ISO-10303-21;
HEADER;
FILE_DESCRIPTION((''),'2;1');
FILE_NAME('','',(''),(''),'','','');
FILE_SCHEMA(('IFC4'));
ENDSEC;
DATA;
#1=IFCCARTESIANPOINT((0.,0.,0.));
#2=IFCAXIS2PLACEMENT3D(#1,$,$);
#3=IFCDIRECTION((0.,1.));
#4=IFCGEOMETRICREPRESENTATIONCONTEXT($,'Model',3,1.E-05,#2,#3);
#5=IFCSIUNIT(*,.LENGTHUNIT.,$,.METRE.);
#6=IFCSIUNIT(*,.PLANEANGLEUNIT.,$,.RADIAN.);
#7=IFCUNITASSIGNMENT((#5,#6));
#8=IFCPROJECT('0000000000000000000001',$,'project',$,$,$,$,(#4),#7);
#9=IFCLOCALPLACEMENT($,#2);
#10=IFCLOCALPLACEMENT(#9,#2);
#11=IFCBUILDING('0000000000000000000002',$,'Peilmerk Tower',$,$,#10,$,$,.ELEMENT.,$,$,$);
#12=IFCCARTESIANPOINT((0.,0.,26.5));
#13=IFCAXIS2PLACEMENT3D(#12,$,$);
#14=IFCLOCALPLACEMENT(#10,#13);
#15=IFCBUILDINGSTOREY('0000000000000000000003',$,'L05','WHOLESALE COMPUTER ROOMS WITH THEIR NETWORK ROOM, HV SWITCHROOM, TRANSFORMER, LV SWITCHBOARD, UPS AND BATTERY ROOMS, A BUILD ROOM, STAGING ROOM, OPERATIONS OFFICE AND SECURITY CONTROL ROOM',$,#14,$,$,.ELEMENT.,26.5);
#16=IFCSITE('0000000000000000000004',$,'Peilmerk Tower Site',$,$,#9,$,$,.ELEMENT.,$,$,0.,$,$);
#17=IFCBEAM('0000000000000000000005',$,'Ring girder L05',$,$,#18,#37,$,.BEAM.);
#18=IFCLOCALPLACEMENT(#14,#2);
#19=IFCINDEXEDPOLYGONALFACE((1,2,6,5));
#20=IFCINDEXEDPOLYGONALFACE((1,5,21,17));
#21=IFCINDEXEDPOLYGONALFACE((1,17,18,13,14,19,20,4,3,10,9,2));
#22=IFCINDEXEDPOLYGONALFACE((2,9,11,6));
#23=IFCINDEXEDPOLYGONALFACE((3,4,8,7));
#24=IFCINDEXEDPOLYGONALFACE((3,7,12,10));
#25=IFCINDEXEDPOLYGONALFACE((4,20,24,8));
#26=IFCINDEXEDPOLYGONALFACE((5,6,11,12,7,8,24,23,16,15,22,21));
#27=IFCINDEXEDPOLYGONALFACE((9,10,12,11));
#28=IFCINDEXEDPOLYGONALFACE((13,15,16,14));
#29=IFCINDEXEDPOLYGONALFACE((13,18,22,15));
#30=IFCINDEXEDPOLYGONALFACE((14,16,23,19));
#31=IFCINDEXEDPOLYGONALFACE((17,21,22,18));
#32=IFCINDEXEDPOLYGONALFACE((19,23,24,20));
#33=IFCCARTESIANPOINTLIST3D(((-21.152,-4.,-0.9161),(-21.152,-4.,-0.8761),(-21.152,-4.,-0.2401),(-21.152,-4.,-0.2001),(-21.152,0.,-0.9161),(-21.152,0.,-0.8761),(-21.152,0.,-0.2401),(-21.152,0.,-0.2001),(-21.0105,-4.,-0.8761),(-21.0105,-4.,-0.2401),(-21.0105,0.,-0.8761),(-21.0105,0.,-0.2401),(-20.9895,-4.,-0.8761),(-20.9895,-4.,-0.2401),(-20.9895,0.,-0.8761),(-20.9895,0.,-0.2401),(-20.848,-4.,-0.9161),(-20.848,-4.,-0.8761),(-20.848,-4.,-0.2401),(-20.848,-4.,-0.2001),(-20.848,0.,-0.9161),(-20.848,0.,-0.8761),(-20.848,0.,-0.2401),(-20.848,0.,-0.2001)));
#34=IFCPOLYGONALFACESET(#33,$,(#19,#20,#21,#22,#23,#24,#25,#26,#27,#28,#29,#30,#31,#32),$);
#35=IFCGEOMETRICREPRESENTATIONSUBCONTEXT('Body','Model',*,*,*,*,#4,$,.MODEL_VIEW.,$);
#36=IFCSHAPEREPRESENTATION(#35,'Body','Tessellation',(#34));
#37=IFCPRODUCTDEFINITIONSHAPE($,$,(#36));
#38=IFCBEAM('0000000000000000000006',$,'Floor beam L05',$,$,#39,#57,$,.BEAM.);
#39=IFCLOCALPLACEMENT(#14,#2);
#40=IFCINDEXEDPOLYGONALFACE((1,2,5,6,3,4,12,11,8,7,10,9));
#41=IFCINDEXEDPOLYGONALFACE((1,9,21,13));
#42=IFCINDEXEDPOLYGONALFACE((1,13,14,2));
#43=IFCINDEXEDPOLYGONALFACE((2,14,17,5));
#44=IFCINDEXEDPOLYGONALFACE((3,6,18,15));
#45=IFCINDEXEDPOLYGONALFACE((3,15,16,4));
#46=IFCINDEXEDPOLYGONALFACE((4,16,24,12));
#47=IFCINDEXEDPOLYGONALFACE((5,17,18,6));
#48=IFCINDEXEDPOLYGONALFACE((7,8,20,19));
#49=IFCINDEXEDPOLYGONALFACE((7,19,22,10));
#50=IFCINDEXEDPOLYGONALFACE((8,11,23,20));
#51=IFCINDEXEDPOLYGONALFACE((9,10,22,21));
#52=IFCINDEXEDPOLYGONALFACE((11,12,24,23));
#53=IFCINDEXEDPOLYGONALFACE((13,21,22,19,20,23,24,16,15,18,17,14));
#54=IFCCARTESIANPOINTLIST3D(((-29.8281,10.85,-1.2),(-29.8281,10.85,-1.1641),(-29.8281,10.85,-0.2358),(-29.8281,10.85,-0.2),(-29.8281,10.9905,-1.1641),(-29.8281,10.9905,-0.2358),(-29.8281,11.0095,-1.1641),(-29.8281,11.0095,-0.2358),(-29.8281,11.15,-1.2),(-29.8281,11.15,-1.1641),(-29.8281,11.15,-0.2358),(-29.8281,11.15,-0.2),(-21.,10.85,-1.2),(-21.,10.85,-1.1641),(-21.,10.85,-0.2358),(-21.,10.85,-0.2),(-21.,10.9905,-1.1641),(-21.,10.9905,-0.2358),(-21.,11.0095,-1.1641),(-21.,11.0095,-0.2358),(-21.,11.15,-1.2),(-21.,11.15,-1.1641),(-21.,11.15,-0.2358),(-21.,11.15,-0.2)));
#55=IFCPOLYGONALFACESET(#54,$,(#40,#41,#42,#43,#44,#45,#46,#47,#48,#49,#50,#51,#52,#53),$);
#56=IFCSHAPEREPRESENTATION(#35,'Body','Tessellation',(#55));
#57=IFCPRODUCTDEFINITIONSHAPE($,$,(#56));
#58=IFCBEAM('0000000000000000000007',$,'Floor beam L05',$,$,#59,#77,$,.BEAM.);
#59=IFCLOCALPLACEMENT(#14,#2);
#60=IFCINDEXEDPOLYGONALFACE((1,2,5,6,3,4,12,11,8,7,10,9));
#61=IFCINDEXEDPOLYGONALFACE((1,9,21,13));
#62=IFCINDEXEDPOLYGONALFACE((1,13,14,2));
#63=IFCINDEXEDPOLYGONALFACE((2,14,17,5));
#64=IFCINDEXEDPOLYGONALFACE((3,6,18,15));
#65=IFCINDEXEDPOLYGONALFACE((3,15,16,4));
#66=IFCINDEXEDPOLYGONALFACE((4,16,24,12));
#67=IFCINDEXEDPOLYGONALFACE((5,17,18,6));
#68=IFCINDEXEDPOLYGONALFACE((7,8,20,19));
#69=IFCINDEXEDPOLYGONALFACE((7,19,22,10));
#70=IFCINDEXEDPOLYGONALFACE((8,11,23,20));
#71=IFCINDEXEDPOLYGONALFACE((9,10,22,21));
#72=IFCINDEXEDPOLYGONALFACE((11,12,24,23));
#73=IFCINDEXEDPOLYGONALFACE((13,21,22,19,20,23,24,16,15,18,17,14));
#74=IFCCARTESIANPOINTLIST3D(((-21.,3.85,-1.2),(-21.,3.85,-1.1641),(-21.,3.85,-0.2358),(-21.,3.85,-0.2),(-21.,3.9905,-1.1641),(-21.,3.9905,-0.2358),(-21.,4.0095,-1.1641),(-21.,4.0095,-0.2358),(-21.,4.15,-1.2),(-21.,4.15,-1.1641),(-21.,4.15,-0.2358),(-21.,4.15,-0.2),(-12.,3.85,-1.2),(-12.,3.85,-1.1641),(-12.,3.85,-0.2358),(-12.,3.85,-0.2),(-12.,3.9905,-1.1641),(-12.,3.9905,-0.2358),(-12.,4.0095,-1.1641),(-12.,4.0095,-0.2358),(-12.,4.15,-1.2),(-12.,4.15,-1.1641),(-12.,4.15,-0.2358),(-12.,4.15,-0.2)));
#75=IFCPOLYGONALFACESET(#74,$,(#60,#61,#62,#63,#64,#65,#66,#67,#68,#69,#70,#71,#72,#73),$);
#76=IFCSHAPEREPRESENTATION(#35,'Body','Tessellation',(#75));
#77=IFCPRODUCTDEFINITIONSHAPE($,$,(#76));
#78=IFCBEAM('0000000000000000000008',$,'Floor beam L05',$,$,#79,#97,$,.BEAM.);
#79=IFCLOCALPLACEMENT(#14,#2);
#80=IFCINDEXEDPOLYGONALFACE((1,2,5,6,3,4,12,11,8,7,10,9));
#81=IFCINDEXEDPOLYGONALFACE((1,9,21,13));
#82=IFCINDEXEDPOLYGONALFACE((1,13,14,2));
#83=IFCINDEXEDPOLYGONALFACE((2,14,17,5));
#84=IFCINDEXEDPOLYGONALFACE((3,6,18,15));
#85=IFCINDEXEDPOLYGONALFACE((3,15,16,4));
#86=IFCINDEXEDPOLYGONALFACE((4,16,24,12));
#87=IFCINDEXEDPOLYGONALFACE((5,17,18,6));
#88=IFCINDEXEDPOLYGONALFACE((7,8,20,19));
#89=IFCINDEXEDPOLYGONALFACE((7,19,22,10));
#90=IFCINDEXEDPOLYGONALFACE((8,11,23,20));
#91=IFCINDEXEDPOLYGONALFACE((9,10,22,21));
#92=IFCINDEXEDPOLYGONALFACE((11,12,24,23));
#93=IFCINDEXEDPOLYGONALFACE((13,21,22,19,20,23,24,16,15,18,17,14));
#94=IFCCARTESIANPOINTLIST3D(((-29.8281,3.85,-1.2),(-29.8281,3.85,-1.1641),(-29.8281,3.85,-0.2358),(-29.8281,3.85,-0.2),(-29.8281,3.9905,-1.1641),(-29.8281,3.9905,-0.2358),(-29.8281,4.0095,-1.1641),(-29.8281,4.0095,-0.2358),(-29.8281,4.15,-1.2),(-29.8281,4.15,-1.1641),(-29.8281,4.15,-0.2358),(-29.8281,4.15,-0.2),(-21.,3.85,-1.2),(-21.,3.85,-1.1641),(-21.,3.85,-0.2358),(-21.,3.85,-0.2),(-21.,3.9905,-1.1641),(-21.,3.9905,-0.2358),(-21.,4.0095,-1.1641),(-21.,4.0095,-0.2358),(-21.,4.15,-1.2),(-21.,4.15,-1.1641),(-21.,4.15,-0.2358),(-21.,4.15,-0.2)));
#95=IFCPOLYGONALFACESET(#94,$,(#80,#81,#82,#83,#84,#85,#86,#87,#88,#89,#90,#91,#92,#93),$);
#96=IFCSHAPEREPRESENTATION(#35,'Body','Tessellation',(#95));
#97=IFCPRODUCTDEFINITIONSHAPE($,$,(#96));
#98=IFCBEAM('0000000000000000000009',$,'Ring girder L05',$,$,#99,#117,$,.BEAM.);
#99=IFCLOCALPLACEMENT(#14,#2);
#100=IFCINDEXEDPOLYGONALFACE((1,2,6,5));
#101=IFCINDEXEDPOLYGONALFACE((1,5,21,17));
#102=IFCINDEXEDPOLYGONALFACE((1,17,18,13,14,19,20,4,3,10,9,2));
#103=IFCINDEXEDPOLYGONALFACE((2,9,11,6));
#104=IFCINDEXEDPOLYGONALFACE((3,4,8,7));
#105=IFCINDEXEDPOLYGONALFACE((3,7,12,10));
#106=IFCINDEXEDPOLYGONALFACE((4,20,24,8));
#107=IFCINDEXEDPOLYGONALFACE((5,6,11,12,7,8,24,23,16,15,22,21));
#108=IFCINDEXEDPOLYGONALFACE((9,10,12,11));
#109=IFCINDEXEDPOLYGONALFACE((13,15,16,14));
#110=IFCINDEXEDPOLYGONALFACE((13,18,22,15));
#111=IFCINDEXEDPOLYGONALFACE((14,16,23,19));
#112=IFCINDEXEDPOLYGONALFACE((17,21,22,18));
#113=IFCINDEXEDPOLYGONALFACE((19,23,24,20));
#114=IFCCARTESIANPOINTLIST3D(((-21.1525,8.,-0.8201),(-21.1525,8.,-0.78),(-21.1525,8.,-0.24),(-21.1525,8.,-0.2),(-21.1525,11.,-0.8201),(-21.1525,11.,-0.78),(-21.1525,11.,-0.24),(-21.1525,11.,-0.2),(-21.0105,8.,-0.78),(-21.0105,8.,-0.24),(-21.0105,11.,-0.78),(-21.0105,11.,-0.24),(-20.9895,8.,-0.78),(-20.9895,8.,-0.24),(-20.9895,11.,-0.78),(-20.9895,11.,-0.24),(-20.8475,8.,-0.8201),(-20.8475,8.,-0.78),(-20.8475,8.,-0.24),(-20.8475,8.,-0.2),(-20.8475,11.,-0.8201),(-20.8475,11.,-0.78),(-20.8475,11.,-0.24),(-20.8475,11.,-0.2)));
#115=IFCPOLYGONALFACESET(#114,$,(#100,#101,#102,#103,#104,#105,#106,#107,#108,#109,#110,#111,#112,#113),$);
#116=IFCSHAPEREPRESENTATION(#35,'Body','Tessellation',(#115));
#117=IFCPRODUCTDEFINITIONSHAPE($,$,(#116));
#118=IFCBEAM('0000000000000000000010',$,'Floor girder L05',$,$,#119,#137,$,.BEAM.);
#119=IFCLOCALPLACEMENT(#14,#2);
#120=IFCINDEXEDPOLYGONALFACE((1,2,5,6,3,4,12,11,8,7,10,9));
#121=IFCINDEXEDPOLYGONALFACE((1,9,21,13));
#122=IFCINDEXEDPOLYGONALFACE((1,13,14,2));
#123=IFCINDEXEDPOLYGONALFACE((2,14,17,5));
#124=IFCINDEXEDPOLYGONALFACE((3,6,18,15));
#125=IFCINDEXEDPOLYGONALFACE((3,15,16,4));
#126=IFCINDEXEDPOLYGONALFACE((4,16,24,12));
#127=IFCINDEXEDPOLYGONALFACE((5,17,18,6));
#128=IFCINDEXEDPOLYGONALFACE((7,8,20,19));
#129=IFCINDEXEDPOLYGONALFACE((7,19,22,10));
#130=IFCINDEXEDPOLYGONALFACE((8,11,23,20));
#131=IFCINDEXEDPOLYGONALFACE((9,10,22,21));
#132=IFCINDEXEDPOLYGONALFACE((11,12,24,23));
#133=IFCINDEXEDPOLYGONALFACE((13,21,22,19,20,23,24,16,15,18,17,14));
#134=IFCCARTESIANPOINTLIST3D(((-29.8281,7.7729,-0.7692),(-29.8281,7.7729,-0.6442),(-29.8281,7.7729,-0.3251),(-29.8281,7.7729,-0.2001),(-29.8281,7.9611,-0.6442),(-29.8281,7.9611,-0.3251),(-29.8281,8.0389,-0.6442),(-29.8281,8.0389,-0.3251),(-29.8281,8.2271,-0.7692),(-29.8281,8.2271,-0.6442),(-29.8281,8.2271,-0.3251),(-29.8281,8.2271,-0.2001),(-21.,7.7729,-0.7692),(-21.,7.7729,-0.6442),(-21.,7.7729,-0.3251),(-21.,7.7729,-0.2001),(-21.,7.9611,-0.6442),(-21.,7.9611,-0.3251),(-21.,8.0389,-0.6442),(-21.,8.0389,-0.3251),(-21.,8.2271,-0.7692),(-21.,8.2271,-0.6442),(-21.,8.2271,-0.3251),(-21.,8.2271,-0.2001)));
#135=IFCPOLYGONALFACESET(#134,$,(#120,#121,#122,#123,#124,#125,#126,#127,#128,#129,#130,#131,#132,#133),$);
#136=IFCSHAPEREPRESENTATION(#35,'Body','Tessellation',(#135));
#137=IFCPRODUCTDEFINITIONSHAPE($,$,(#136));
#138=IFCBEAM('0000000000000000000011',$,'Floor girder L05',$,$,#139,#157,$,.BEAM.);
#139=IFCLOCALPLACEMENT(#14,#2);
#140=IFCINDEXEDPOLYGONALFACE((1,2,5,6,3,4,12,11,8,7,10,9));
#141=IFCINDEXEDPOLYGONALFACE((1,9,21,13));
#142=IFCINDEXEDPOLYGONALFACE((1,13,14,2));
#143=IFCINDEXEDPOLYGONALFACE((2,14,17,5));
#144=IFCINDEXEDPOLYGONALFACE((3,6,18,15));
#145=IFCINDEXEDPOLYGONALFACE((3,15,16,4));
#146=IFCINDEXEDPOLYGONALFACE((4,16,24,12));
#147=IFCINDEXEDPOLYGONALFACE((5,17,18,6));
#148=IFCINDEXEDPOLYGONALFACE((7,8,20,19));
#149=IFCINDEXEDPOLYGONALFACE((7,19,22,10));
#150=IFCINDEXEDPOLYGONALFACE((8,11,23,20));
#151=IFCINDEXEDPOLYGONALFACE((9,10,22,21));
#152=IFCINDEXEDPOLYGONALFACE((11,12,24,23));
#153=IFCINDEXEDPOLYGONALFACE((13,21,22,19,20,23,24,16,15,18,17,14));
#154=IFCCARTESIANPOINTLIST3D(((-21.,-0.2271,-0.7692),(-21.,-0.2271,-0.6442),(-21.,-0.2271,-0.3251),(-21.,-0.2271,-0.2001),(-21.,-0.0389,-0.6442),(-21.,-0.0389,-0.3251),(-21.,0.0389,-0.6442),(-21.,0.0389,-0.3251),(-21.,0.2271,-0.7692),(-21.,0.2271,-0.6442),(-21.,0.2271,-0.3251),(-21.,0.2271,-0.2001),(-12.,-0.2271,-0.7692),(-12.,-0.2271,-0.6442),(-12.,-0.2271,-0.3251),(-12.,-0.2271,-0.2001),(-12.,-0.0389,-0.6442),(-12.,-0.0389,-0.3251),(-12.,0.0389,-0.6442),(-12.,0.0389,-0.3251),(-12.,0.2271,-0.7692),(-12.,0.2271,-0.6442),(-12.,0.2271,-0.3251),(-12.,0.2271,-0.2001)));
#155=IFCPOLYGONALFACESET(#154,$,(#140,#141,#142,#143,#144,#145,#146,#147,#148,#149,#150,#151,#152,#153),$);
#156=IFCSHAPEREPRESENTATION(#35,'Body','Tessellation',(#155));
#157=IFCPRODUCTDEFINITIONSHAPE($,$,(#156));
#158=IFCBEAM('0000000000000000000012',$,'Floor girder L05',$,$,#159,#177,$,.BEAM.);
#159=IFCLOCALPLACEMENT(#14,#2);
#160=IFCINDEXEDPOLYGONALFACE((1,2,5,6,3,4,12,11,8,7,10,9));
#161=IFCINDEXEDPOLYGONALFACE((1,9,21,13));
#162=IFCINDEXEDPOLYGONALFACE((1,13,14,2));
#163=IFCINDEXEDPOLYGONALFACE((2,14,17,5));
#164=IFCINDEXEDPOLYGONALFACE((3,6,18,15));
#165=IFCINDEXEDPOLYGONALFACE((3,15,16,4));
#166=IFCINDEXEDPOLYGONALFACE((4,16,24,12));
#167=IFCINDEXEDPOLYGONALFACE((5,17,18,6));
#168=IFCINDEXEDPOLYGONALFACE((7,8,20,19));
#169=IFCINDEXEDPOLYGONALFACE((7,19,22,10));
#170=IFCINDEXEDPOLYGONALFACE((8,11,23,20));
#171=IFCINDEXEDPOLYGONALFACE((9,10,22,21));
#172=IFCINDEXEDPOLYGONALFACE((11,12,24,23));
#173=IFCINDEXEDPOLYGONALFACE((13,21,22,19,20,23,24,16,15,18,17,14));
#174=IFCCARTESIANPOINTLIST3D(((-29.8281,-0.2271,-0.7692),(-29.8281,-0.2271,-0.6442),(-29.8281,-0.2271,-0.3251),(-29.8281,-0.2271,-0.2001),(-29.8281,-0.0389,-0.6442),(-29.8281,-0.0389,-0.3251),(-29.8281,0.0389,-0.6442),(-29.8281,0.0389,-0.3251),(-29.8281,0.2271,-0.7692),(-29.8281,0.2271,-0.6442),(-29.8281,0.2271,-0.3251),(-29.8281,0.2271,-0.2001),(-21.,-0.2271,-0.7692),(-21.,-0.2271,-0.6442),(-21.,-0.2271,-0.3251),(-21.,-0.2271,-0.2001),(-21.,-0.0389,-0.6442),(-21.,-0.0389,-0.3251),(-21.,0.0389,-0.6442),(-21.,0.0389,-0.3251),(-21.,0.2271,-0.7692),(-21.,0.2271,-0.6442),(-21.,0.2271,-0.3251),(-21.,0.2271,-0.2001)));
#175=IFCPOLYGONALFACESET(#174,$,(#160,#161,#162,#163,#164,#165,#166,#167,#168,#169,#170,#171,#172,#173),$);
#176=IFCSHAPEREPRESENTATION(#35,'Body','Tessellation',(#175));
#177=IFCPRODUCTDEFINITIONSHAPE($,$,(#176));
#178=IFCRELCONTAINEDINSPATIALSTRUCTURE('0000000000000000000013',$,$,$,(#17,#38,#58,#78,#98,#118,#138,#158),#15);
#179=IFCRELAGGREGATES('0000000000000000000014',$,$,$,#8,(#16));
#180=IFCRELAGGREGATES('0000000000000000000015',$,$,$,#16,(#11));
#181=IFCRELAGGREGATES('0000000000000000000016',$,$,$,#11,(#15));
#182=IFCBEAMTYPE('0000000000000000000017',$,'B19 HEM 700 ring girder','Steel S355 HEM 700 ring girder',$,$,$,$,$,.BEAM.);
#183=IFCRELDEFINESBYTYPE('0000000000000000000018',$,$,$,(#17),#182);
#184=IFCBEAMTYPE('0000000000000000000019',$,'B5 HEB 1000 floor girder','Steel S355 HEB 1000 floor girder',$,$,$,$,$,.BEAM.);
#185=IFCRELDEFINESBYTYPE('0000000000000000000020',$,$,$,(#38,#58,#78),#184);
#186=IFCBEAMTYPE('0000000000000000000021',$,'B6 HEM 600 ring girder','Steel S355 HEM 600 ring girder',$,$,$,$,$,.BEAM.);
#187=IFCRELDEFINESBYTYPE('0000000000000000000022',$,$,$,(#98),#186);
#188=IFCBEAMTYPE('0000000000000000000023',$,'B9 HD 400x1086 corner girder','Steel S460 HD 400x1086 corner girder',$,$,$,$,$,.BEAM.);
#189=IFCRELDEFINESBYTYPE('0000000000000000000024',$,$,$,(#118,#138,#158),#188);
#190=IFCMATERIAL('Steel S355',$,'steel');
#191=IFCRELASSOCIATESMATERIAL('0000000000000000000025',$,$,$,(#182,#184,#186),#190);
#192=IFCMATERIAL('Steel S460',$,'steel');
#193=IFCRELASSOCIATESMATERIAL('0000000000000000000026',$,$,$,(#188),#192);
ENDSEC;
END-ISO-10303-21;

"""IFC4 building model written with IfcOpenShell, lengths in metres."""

from ifc_helpers import new_model, si_unit, direction, frame, origin, origin_2d, place, context, subcontext, project, spatial, i_section, extrude, material, material_profile, profile_set, type_object, element, save


model = new_model("IFC4")

# Units and contexts
model_context = context("Model", 3, precision=1e-05, world=origin(), true_north=direction((0.0, 1.0)))
body_context = subcontext(model_context, "Body", "Model", "MODEL_VIEW")
ifc_project = project(units=[si_unit("LENGTHUNIT", "METRE"), si_unit("PLANEANGLEUNIT", "RADIAN")], contexts=[model_context])

# Site, building, storey
site_placement = place(None, origin())
site = spatial("IfcSite", under=ifc_project, at=site_placement, Name="Peilmerk Tower Site", CompositionType="ELEMENT", RefElevation=0.0)
building_placement = place(site_placement, origin())
building = spatial("IfcBuilding", under=site, at=building_placement, Name="Peilmerk Tower", CompositionType="ELEMENT")
storey_placement = place(building_placement, frame((0.0, 0.0, 26.5)))
storey = spatial("IfcBuildingStorey", under=building, at=storey_placement, Name="L05", Description="WHOLESALE COMPUTER ROOMS WITH THEIR NETWORK ROOM, HV SWITCHROOM, TRANSFORMER, LV SWITCHBOARD, UPS AND BATTERY ROOMS, A BUILD ROOM, STAGING ROOM, OPERATIONS OFFICE AND SECURITY CONTROL ROOM", CompositionType="ELEMENT", Elevation=26.5)

# Beams
ifc_material_1 = material(Name="Steel S355", Category="steel")
ifc_material_profile_1 = material_profile(ifc_material_1, i_section(OverallWidth=0.304, OverallDepth=0.7161, WebThickness=0.021, FlangeThickness=0.04, at=origin_2d()), Name="HEM 700")
ifc_profile_set_1 = profile_set([ifc_material_profile_1], Name="Steel S355")
beam_type_1 = type_object("IfcBeamType", Name="B19 HEM 700 ring girder", Description="Steel S355 HEM 700 ring girder", PredefinedType="BEAM", material=ifc_profile_set_1)
for number, where, z_axis, x_axis, name in (
    (1, (-21.0, 0.0, -0.5581), (0.0, -1.0, 0.0), (1.0, 0.0, 0.0), "Ring girder L05"),
):
    element("IfcBeam", number, at=place(storey_placement, frame(where, z_axis=z_axis, x_axis=x_axis)), inside=storey, type_object=beam_type_1, Name=name, PredefinedType="BEAM", context=body_context, shape_type="SweptSolid", body=[
        extrude(i_section(OverallWidth=0.304, OverallDepth=0.7161, WebThickness=0.021, FlangeThickness=0.04, at=origin_2d()), origin(), (0.0, 0.0, 1.0), 4.0),
    ])
ifc_material_profile_2 = material_profile(ifc_material_1, i_section(OverallWidth=0.3, OverallDepth=1.0, WebThickness=0.019, FlangeThickness=0.0359, at=origin_2d()), Name="HEB 1000")
ifc_profile_set_2 = profile_set([ifc_material_profile_2], Name="Steel S355")
beam_type_2 = type_object("IfcBeamType", Name="B5 HEB 1000 floor girder", Description="Steel S355 HEB 1000 floor girder", PredefinedType="BEAM", material=ifc_profile_set_2)
beam_1_placement = place(storey_placement, frame((-21.0, 11.0, -0.7), z_axis=(-1.0, 0.0, 0.0), x_axis=(0.0, -1.0, 0.0)))
element("IfcBeam", 2, at=beam_1_placement, inside=storey, type_object=beam_type_2, Name="Floor beam L05", PredefinedType="BEAM", context=body_context, shape_type="SweptSolid", body=[
    extrude(i_section(OverallWidth=0.3, OverallDepth=1.0, WebThickness=0.019, FlangeThickness=0.0359, at=origin_2d()), origin(), (0.0, 0.0, 1.0), 8.8281),
])
beam_2_placement = place(storey_placement, frame((-12.0, 4.0, -0.7), z_axis=(-1.0, 0.0, 0.0), x_axis=(0.0, -1.0, 0.0)))
element("IfcBeam", 3, at=beam_2_placement, inside=storey, type_object=beam_type_2, Name="Floor beam L05", PredefinedType="BEAM", context=body_context, shape_type="SweptSolid", body=[
    extrude(i_section(OverallWidth=0.3, OverallDepth=1.0, WebThickness=0.019, FlangeThickness=0.0359, at=origin_2d()), origin(), (0.0, 0.0, 1.0), 9.0),
])
beam_3_placement = place(storey_placement, frame((-21.0, 4.0, -0.7), z_axis=(-1.0, 0.0, 0.0), x_axis=(0.0, -1.0, 0.0)))
element("IfcBeam", 4, at=beam_3_placement, inside=storey, type_object=beam_type_2, Name="Floor beam L05", PredefinedType="BEAM", context=body_context, shape_type="SweptSolid", body=[
    extrude(i_section(OverallWidth=0.3, OverallDepth=1.0, WebThickness=0.019, FlangeThickness=0.0359, at=origin_2d()), origin(), (0.0, 0.0, 1.0), 8.8281),
])
ifc_material_profile_3 = material_profile(ifc_material_1, i_section(OverallWidth=0.3049, OverallDepth=0.6201, WebThickness=0.021, FlangeThickness=0.04, at=origin_2d()), Name="HEM 600")
ifc_profile_set_3 = profile_set([ifc_material_profile_3], Name="Steel S355")
beam_type_3 = type_object("IfcBeamType", Name="B6 HEM 600 ring girder", Description="Steel S355 HEM 600 ring girder", PredefinedType="BEAM", material=ifc_profile_set_3)
beam_4_placement = place(storey_placement, frame((-21.0, 11.0, -0.51), z_axis=(0.0, -1.0, 0.0), x_axis=(1.0, 0.0, 0.0)))
element("IfcBeam", 5, at=beam_4_placement, inside=storey, type_object=beam_type_3, Name="Ring girder L05", PredefinedType="BEAM", context=body_context, shape_type="SweptSolid", body=[
    extrude(i_section(OverallWidth=0.3049, OverallDepth=0.6201, WebThickness=0.021, FlangeThickness=0.04, at=origin_2d()), origin(), (0.0, 0.0, 1.0), 3.0),
])
ifc_material_2 = material(Name="Steel S460", Category="steel")
ifc_material_profile_4 = material_profile(ifc_material_2, i_section(OverallWidth=0.4541, OverallDepth=0.5691, WebThickness=0.0779, FlangeThickness=0.125, at=origin_2d()), Name="HD 400x1086")
ifc_profile_set_4 = profile_set([ifc_material_profile_4], Name="Steel S460")
beam_type_4 = type_object("IfcBeamType", Name="B9 HD 400x1086 corner girder", Description="Steel S460 HD 400x1086 corner girder", PredefinedType="BEAM", material=ifc_profile_set_4)
beam_5_placement = place(storey_placement, frame((-21.0, 8.0, -0.4846), z_axis=(-1.0, 0.0, 0.0), x_axis=(0.0, -1.0, 0.0)))
element("IfcBeam", 6, at=beam_5_placement, inside=storey, type_object=beam_type_4, Name="Floor girder L05", PredefinedType="BEAM", context=body_context, shape_type="SweptSolid", body=[
    extrude(i_section(OverallWidth=0.4541, OverallDepth=0.5691, WebThickness=0.0779, FlangeThickness=0.125, at=origin_2d()), origin(), (0.0, 0.0, 1.0), 8.8281),
])
beam_6_placement = place(storey_placement, frame((-12.0, 0.0, -0.4846), z_axis=(-1.0, 0.0, 0.0), x_axis=(0.0, -1.0, 0.0)))
element("IfcBeam", 7, at=beam_6_placement, inside=storey, type_object=beam_type_4, Name="Floor girder L05", PredefinedType="BEAM", context=body_context, shape_type="SweptSolid", body=[
    extrude(i_section(OverallWidth=0.4541, OverallDepth=0.5691, WebThickness=0.0779, FlangeThickness=0.125, at=origin_2d()), origin(), (0.0, 0.0, 1.0), 9.0),
])
beam_7_placement = place(storey_placement, frame((-21.0, 0.0, -0.4846), z_axis=(-1.0, 0.0, 0.0), x_axis=(0.0, -1.0, 0.0)))
element("IfcBeam", 8, at=beam_7_placement, inside=storey, type_object=beam_type_4, Name="Floor girder L05", PredefinedType="BEAM", context=body_context, shape_type="SweptSolid", body=[
    extrude(i_section(OverallWidth=0.4541, OverallDepth=0.5691, WebThickness=0.0779, FlangeThickness=0.125, at=origin_2d()), origin(), (0.0, 0.0, 1.0), 8.8281),
])

save(model, "model.ifc")
